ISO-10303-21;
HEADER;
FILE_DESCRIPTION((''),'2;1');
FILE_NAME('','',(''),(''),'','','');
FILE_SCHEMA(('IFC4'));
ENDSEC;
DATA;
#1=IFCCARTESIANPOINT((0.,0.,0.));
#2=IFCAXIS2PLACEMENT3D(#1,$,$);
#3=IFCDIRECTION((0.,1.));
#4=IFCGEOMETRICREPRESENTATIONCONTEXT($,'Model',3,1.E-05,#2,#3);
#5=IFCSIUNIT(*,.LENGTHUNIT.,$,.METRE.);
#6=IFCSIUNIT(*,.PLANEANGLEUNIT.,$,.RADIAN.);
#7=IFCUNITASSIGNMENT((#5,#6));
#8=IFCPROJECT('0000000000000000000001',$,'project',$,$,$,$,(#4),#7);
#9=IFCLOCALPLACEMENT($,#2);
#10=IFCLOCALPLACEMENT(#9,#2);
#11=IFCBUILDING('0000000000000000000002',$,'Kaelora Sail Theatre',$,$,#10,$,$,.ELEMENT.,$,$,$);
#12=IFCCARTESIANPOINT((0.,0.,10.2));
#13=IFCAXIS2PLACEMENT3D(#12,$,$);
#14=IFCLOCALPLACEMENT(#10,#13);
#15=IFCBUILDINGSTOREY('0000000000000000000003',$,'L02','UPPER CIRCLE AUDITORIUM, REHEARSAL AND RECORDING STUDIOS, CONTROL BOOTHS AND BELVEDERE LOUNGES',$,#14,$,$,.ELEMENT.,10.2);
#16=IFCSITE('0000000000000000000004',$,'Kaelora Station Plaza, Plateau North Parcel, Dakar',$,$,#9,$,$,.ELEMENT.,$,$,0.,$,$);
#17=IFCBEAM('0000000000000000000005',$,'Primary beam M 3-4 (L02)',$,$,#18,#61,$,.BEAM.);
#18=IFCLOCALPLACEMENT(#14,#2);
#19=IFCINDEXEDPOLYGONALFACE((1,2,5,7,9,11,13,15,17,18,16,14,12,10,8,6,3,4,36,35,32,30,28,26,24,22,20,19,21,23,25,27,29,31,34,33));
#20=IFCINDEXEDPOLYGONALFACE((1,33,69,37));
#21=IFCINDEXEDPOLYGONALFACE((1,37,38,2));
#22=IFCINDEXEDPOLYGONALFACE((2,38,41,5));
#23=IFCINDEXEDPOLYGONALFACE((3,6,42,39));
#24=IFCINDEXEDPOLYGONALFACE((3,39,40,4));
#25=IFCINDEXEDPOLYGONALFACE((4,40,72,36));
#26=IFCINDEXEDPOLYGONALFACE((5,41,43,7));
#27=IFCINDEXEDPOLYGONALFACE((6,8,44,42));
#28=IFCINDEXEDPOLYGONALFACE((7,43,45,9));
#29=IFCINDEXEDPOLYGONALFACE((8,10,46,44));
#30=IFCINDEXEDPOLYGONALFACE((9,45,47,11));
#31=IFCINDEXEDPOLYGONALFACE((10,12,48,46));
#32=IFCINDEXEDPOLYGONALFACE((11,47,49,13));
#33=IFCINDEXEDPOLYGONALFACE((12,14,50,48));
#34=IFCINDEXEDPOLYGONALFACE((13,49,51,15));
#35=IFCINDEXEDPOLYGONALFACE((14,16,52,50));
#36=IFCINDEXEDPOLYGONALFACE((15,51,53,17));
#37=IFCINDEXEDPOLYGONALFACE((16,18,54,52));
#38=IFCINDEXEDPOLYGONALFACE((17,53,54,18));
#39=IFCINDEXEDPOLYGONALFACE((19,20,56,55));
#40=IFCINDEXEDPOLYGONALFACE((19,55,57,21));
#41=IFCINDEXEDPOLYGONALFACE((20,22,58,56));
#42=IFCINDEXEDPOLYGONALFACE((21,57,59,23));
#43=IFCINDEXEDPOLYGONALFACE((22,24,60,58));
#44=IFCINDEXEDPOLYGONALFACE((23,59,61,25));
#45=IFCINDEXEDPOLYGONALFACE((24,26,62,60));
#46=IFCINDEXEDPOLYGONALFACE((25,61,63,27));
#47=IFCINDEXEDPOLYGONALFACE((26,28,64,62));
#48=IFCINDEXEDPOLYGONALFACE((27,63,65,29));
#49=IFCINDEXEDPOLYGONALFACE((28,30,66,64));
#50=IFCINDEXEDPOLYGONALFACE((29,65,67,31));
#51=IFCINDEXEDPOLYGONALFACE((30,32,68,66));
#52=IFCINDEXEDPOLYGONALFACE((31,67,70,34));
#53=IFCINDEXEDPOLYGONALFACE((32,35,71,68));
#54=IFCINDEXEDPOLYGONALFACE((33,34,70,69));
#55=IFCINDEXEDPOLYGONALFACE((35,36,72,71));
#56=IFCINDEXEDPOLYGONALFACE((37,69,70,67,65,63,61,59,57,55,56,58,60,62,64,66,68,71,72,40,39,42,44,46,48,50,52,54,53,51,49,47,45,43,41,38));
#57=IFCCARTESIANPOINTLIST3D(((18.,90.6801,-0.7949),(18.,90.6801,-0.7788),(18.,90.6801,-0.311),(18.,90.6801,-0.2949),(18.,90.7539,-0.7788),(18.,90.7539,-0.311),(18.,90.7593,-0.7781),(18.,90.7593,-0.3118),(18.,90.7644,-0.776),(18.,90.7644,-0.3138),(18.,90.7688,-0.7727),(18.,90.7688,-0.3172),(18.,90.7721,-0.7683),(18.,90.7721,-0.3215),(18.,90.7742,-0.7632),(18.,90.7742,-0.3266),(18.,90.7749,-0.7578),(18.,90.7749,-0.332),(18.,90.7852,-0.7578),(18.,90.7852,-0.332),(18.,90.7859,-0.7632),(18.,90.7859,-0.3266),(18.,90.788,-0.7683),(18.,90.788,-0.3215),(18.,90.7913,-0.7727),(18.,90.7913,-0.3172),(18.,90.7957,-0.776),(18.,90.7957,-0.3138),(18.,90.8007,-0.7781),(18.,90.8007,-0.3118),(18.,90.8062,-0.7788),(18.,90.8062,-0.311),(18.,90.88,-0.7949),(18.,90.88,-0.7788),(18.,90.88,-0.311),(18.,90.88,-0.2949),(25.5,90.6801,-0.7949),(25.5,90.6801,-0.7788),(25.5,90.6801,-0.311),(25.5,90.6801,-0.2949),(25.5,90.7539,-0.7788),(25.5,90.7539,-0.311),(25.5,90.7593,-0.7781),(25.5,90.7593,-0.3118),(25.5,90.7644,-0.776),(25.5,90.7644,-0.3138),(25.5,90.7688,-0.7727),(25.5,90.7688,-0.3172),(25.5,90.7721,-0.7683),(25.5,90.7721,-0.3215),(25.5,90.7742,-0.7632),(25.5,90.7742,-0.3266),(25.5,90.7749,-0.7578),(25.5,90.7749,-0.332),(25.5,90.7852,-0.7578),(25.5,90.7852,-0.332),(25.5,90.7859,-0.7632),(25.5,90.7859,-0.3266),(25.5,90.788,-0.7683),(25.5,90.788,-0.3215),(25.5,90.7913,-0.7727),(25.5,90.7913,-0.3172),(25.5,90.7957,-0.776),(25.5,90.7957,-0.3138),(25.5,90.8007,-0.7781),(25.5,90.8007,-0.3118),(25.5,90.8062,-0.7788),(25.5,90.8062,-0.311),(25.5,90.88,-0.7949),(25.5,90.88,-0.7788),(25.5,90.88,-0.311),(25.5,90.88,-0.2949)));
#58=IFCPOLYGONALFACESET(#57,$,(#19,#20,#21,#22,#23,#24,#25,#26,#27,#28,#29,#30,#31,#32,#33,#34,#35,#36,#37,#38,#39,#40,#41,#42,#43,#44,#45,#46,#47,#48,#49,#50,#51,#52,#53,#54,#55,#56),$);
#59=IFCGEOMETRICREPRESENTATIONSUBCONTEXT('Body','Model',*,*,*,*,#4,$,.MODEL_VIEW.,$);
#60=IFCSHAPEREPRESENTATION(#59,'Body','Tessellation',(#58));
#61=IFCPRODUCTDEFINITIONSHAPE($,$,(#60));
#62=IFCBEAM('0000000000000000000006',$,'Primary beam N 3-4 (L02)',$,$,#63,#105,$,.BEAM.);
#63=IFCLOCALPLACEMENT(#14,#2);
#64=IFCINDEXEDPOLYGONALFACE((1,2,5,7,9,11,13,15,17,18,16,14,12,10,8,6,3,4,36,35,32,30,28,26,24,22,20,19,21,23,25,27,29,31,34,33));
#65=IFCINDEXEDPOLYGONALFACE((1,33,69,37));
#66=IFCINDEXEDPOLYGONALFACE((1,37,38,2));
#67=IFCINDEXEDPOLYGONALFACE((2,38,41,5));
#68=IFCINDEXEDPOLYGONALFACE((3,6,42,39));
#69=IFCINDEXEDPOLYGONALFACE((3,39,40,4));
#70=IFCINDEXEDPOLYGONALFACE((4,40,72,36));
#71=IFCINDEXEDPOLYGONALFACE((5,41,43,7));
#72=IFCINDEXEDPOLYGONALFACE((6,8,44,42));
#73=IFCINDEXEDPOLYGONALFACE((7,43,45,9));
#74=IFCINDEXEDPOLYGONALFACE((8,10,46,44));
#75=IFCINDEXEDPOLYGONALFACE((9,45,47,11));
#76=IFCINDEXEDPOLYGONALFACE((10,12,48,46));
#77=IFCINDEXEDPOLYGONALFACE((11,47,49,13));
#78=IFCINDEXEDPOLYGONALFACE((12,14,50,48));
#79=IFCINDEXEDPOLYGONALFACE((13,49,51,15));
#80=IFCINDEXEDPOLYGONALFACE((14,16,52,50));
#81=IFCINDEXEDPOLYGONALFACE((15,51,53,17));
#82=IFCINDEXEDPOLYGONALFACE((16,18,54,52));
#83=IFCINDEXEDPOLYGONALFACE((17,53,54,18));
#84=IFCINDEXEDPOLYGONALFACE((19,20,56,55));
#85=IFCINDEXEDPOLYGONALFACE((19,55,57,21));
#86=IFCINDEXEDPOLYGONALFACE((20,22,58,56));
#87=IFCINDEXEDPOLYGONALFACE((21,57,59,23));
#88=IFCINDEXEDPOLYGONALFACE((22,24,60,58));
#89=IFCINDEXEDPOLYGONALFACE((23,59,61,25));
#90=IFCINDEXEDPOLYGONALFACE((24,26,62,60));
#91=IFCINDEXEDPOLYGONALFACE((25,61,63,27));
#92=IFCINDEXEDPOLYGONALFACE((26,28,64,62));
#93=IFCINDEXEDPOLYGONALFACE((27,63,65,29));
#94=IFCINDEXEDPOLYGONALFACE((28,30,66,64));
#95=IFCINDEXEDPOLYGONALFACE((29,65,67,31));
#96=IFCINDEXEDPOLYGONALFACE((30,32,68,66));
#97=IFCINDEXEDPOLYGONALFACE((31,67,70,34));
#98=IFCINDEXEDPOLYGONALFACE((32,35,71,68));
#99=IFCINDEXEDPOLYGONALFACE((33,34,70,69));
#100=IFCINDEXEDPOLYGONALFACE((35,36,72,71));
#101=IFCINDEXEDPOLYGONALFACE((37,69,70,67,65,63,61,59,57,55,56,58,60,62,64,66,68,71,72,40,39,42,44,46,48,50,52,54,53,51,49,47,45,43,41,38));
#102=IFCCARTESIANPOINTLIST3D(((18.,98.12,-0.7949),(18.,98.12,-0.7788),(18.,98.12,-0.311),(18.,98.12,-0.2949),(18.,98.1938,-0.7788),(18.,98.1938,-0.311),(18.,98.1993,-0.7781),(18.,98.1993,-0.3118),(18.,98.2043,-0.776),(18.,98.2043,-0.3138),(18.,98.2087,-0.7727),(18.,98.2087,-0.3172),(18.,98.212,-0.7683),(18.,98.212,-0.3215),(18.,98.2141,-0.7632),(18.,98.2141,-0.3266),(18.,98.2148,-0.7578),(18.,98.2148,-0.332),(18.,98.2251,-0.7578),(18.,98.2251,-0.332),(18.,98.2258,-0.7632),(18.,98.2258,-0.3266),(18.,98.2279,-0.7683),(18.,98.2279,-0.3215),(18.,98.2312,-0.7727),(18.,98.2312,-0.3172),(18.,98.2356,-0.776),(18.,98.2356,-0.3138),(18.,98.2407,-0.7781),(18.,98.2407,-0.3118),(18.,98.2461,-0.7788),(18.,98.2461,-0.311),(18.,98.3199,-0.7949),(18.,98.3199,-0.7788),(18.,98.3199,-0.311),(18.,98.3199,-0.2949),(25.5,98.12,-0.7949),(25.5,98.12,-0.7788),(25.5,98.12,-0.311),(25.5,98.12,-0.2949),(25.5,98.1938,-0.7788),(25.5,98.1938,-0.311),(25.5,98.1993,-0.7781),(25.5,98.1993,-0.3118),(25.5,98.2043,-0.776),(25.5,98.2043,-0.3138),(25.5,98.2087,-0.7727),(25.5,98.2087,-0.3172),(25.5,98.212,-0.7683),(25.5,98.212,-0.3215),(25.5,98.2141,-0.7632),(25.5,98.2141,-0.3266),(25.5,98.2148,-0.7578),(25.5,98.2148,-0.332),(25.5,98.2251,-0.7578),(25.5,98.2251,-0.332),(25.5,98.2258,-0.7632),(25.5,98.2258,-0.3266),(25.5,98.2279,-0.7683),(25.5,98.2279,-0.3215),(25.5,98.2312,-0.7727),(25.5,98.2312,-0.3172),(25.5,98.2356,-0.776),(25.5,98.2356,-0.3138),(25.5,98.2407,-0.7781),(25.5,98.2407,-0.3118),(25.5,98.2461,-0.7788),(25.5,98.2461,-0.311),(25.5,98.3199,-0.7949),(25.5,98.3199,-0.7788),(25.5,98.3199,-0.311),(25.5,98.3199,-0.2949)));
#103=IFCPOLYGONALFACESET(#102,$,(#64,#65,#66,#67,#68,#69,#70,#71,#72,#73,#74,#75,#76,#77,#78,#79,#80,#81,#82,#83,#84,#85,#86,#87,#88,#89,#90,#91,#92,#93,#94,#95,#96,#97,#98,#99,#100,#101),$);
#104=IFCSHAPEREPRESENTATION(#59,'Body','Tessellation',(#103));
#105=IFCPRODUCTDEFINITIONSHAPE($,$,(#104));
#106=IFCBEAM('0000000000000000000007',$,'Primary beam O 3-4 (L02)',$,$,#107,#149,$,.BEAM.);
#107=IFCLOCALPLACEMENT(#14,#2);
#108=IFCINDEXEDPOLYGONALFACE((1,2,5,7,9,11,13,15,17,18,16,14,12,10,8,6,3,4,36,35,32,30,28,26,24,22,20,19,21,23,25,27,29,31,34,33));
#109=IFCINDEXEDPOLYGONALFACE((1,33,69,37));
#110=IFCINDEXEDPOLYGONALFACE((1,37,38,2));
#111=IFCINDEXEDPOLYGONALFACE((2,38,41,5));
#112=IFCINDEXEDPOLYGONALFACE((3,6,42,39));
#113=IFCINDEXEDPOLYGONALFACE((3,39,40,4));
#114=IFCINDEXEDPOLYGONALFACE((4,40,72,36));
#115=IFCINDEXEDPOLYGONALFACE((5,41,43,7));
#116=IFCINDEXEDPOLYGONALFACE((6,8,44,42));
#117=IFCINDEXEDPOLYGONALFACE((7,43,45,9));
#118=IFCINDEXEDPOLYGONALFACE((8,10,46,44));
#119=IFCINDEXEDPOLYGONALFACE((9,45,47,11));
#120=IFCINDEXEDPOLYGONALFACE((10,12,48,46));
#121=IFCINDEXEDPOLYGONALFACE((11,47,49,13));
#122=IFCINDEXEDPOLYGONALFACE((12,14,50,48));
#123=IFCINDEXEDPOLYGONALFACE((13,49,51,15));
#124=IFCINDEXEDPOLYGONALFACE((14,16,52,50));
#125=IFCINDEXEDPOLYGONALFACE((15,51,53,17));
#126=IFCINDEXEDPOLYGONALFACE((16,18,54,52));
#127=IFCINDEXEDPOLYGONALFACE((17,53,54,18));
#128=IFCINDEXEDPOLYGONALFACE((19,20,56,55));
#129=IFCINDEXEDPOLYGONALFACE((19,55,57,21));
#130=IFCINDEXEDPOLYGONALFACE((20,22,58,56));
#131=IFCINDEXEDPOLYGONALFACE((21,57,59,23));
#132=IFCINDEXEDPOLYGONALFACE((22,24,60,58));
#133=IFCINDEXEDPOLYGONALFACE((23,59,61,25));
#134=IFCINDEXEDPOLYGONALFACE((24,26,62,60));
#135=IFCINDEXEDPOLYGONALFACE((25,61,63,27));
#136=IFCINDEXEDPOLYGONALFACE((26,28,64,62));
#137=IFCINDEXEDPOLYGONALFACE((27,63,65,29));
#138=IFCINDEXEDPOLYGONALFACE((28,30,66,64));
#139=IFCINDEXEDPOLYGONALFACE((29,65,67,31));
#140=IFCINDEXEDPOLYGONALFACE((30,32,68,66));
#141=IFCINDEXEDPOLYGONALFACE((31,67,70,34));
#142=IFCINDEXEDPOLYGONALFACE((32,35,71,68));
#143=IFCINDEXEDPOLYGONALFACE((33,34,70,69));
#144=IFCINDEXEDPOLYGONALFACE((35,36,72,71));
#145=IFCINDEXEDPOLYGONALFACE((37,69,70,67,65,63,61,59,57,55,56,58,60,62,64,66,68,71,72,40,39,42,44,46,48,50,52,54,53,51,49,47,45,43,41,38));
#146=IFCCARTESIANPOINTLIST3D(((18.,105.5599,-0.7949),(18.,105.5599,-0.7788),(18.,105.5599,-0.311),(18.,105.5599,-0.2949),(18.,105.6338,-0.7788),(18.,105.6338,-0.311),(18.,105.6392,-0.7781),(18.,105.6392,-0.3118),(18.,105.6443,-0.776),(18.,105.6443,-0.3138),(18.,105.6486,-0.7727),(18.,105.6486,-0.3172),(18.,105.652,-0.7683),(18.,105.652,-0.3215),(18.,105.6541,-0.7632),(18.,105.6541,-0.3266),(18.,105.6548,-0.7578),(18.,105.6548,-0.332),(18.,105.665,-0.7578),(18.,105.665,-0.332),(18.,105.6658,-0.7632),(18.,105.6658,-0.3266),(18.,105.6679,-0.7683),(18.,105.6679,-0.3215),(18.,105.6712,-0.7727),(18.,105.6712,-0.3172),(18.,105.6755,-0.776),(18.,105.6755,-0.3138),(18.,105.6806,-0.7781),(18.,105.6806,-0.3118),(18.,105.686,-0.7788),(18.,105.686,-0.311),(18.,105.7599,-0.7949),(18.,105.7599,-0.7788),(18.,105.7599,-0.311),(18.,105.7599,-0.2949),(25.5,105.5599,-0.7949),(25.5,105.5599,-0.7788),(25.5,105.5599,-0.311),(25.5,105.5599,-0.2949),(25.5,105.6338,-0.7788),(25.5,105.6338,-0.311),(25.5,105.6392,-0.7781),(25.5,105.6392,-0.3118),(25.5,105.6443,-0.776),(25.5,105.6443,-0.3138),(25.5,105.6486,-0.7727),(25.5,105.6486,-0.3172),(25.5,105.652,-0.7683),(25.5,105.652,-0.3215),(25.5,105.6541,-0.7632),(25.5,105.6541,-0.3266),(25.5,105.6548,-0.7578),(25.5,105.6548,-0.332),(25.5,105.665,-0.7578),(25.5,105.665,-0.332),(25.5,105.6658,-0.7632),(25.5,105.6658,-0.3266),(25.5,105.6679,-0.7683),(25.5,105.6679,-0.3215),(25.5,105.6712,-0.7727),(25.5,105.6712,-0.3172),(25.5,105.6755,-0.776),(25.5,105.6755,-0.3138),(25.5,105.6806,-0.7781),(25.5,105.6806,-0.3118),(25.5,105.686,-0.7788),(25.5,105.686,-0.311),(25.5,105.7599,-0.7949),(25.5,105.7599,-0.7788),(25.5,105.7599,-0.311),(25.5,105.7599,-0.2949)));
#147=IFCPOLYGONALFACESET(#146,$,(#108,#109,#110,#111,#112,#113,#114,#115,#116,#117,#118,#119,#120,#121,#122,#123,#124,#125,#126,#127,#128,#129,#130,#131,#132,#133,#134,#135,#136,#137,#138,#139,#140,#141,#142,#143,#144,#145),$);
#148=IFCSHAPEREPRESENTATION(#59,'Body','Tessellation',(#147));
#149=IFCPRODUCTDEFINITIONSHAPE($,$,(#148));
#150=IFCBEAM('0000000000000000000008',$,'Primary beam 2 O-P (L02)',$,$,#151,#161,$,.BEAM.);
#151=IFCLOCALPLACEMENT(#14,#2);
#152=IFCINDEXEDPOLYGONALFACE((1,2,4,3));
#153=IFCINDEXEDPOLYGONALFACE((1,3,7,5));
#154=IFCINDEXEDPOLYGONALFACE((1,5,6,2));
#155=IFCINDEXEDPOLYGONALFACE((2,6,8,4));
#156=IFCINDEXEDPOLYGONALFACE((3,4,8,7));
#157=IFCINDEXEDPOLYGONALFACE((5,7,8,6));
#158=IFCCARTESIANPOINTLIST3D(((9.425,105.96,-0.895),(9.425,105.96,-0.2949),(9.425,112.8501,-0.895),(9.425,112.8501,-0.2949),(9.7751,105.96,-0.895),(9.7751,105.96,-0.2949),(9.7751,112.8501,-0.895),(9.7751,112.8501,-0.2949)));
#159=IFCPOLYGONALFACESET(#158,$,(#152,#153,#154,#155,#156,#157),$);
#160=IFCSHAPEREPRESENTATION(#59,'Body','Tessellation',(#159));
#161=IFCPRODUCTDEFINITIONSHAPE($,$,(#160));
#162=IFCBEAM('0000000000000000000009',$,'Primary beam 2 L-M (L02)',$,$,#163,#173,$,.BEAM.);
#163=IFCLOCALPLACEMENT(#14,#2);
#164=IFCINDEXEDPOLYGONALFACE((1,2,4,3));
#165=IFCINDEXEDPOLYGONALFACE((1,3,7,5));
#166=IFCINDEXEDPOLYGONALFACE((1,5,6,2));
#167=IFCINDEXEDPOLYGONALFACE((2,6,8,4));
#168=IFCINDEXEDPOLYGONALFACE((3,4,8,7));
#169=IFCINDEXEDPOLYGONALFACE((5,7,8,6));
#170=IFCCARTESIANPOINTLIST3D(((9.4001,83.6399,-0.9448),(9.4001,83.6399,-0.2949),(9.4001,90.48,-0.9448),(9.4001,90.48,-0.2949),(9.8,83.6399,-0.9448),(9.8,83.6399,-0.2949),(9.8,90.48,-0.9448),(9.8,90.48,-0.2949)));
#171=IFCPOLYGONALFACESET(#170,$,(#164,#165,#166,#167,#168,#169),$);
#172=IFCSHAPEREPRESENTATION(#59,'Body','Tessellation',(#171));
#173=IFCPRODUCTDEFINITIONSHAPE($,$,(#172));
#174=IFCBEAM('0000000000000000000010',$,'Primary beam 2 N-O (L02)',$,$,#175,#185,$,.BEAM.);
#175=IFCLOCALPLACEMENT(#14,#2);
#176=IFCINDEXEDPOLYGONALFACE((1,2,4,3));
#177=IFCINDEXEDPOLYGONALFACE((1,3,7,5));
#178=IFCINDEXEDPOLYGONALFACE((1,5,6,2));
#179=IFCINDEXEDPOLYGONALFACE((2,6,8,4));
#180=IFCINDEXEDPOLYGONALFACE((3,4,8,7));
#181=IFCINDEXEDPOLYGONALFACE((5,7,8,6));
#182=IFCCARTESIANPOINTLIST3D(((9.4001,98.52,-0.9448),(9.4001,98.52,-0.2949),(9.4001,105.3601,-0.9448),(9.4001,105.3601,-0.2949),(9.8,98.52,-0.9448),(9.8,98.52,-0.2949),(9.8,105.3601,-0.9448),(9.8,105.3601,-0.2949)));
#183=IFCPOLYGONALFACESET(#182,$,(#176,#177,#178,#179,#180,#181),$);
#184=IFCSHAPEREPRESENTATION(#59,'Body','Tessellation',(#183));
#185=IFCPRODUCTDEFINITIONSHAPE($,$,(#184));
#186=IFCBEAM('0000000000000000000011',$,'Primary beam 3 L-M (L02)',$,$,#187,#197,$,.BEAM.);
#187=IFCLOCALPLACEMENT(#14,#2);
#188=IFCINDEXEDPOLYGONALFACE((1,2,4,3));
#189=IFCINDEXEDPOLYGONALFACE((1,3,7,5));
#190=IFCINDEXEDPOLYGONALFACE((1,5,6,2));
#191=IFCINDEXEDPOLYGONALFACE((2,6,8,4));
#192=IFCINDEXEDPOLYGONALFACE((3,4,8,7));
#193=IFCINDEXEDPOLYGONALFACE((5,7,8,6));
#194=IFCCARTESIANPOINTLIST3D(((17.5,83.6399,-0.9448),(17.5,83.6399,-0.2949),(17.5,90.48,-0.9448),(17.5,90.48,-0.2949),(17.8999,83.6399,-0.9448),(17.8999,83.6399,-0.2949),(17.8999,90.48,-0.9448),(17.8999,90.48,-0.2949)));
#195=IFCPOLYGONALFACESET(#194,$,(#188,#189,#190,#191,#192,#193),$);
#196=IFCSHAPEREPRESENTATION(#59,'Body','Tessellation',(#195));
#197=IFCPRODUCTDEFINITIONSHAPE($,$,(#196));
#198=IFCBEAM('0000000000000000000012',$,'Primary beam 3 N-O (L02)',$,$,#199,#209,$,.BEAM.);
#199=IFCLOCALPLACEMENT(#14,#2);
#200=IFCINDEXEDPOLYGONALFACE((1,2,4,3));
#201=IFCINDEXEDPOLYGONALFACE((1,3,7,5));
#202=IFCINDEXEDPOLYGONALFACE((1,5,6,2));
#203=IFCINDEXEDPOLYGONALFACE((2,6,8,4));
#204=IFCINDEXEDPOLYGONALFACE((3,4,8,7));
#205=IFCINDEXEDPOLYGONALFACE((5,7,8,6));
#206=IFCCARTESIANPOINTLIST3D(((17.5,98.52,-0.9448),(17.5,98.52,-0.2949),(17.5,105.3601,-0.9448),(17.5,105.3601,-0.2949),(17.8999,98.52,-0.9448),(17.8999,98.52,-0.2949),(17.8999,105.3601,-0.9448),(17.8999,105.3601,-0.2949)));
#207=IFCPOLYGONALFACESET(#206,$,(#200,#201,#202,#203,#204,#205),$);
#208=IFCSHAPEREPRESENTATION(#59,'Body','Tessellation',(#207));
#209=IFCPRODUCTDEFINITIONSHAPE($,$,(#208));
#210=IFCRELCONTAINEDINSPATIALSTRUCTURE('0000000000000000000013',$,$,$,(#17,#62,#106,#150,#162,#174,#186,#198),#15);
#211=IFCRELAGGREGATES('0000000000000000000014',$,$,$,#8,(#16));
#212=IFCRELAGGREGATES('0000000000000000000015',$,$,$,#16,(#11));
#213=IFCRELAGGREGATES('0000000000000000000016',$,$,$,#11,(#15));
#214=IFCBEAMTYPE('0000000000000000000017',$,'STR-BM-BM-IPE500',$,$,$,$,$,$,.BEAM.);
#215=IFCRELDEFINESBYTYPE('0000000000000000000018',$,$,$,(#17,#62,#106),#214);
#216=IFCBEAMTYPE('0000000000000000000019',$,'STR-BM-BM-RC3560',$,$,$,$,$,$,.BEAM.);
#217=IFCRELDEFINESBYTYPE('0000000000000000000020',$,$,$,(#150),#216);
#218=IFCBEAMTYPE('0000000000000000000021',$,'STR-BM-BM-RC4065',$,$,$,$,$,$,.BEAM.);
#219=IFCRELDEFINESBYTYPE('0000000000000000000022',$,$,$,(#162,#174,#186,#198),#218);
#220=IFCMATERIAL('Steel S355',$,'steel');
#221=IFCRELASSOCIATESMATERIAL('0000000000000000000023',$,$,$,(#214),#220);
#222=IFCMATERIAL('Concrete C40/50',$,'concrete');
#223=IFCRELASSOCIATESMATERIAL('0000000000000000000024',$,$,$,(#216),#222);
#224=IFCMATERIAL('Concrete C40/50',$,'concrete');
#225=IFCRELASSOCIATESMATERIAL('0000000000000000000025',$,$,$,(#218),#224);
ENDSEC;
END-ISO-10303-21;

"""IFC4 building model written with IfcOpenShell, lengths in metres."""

from ifc_helpers import new_model, si_unit, direction, frame, origin, origin_2d, place, context, subcontext, project, spatial, rectangle, i_section, extrude, material, material_profile, profile_set, type_object, element, save


model = new_model("IFC4")

# Units and contexts
model_context = context("Model", 3, precision=1e-05, world=origin(), true_north=direction((0.0, 1.0)))
body_context = subcontext(model_context, "Body", "Model", "MODEL_VIEW")
ifc_project = project(units=[si_unit("LENGTHUNIT", "METRE"), si_unit("PLANEANGLEUNIT", "RADIAN")], contexts=[model_context])

# Site, building, storey
site_placement = place(None, origin())
site = spatial("IfcSite", under=ifc_project, at=site_placement, Name="Kaelora Station Plaza, Plateau North Parcel, Dakar", CompositionType="ELEMENT", RefElevation=0.0)
building_placement = place(site_placement, origin())
building = spatial("IfcBuilding", under=site, at=building_placement, Name="Kaelora Sail Theatre", CompositionType="ELEMENT")
storey_placement = place(building_placement, frame((0.0, 0.0, 10.2)))
storey = spatial("IfcBuildingStorey", under=building, at=storey_placement, Name="L02", Description="UPPER CIRCLE AUDITORIUM, REHEARSAL AND RECORDING STUDIOS, CONTROL BOOTHS AND BELVEDERE LOUNGES", CompositionType="ELEMENT", Elevation=10.2)

# Beams
ifc_material_1 = material(Name="Steel S355", Category="steel")
ifc_material_profile_1 = material_profile(ifc_material_1, i_section(OverallWidth=0.2, OverallDepth=0.5, WebThickness=0.0103, FlangeThickness=0.0161, FilletRadius=0.021, at=origin_2d()), Name="IPE 500")
ifc_profile_set_1 = profile_set([ifc_material_profile_1], Name="Steel S355")
beam_type_1 = type_object("IfcBeamType", Name="STR-BM-BM-IPE500", PredefinedType="BEAM", material=ifc_profile_set_1)
for number, where, z_axis, x_axis, name in (
    (1, (18.0, 90.78, -0.5449), (1.0, 0.0, 0.0), (0.0, 1.0, 0.0), "Primary beam M 3-4 (L02)"),
    (2, (18.0, 98.22, -0.5449), (1.0, 0.0, 0.0), (0.0, 1.0, 0.0), "Primary beam N 3-4 (L02)"),
    (3, (18.0, 105.6599, -0.5449), (1.0, 0.0, 0.0), (0.0, 1.0, 0.0), "Primary beam O 3-4 (L02)"),
):
    element("IfcBeam", number, at=place(storey_placement, frame(where, z_axis=z_axis, x_axis=x_axis)), inside=storey, type_object=beam_type_1, Name=name, PredefinedType="BEAM", context=body_context, shape_type="SweptSolid", body=[
        extrude(i_section(OverallWidth=0.2, OverallDepth=0.5, WebThickness=0.0103, FlangeThickness=0.0161, FilletRadius=0.021, at=origin_2d()), origin(), (0.0, 0.0, 1.0), 7.5),
    ])
ifc_material_2 = material(Name="Concrete C40/50", Category="concrete")
ifc_material_profile_2 = material_profile(ifc_material_2, rectangle(XDim=0.3501, YDim=0.6001, at=origin_2d()), Name="RC-BM 350x600")
ifc_profile_set_2 = profile_set([ifc_material_profile_2], Name="Concrete C40/50")
beam_type_2 = type_object("IfcBeamType", Name="STR-BM-BM-RC3560", PredefinedType="BEAM", material=ifc_profile_set_2)
beam_1_placement = place(storey_placement, frame((9.6001, 105.96, -0.595), z_axis=(0.0, 1.0, 0.0), x_axis=(-1.0, 0.0, 0.0)))
element("IfcBeam", 4, at=beam_1_placement, inside=storey, type_object=beam_type_2, Name="Primary beam 2 O-P (L02)", PredefinedType="BEAM", context=body_context, shape_type="SweptSolid", body=[
    extrude(rectangle(XDim=0.3501, YDim=0.6001, at=origin_2d()), origin(), (0.0, 0.0, 1.0), 6.8901),
])
ifc_material_3 = material(Name="Concrete C40/50", Category="concrete")
ifc_material_profile_3 = material_profile(ifc_material_3, rectangle(XDim=0.3999, YDim=0.6499, at=origin_2d()), Name="RC-BM 400x650")
ifc_profile_set_3 = profile_set([ifc_material_profile_3], Name="Concrete C40/50")
beam_type_3 = type_object("IfcBeamType", Name="STR-BM-BM-RC4065", PredefinedType="BEAM", material=ifc_profile_set_3)
for number, where, z_axis, x_axis, name in (
    (5, (9.6001, 83.6399, -0.6199), (0.0, 1.0, 0.0), (-1.0, 0.0, 0.0), "Primary beam 2 L-M (L02)"),
    (6, (9.6001, 98.52, -0.6199), (0.0, 1.0, 0.0), (-1.0, 0.0, 0.0), "Primary beam 2 N-O (L02)"),
    (7, (17.7, 83.6399, -0.6199), (0.0, 1.0, 0.0), (-1.0, 0.0, 0.0), "Primary beam 3 L-M (L02)"),
    (8, (17.7, 98.52, -0.6199), (0.0, 1.0, 0.0), (-1.0, 0.0, 0.0), "Primary beam 3 N-O (L02)"),
):
    element("IfcBeam", number, at=place(storey_placement, frame(where, z_axis=z_axis, x_axis=x_axis)), inside=storey, type_object=beam_type_3, Name=name, PredefinedType="BEAM", context=body_context, shape_type="SweptSolid", body=[
        extrude(rectangle(XDim=0.3999, YDim=0.6499, at=origin_2d()), origin(), (0.0, 0.0, 1.0), 6.8401),
    ])

save(model, "model.ifc")
